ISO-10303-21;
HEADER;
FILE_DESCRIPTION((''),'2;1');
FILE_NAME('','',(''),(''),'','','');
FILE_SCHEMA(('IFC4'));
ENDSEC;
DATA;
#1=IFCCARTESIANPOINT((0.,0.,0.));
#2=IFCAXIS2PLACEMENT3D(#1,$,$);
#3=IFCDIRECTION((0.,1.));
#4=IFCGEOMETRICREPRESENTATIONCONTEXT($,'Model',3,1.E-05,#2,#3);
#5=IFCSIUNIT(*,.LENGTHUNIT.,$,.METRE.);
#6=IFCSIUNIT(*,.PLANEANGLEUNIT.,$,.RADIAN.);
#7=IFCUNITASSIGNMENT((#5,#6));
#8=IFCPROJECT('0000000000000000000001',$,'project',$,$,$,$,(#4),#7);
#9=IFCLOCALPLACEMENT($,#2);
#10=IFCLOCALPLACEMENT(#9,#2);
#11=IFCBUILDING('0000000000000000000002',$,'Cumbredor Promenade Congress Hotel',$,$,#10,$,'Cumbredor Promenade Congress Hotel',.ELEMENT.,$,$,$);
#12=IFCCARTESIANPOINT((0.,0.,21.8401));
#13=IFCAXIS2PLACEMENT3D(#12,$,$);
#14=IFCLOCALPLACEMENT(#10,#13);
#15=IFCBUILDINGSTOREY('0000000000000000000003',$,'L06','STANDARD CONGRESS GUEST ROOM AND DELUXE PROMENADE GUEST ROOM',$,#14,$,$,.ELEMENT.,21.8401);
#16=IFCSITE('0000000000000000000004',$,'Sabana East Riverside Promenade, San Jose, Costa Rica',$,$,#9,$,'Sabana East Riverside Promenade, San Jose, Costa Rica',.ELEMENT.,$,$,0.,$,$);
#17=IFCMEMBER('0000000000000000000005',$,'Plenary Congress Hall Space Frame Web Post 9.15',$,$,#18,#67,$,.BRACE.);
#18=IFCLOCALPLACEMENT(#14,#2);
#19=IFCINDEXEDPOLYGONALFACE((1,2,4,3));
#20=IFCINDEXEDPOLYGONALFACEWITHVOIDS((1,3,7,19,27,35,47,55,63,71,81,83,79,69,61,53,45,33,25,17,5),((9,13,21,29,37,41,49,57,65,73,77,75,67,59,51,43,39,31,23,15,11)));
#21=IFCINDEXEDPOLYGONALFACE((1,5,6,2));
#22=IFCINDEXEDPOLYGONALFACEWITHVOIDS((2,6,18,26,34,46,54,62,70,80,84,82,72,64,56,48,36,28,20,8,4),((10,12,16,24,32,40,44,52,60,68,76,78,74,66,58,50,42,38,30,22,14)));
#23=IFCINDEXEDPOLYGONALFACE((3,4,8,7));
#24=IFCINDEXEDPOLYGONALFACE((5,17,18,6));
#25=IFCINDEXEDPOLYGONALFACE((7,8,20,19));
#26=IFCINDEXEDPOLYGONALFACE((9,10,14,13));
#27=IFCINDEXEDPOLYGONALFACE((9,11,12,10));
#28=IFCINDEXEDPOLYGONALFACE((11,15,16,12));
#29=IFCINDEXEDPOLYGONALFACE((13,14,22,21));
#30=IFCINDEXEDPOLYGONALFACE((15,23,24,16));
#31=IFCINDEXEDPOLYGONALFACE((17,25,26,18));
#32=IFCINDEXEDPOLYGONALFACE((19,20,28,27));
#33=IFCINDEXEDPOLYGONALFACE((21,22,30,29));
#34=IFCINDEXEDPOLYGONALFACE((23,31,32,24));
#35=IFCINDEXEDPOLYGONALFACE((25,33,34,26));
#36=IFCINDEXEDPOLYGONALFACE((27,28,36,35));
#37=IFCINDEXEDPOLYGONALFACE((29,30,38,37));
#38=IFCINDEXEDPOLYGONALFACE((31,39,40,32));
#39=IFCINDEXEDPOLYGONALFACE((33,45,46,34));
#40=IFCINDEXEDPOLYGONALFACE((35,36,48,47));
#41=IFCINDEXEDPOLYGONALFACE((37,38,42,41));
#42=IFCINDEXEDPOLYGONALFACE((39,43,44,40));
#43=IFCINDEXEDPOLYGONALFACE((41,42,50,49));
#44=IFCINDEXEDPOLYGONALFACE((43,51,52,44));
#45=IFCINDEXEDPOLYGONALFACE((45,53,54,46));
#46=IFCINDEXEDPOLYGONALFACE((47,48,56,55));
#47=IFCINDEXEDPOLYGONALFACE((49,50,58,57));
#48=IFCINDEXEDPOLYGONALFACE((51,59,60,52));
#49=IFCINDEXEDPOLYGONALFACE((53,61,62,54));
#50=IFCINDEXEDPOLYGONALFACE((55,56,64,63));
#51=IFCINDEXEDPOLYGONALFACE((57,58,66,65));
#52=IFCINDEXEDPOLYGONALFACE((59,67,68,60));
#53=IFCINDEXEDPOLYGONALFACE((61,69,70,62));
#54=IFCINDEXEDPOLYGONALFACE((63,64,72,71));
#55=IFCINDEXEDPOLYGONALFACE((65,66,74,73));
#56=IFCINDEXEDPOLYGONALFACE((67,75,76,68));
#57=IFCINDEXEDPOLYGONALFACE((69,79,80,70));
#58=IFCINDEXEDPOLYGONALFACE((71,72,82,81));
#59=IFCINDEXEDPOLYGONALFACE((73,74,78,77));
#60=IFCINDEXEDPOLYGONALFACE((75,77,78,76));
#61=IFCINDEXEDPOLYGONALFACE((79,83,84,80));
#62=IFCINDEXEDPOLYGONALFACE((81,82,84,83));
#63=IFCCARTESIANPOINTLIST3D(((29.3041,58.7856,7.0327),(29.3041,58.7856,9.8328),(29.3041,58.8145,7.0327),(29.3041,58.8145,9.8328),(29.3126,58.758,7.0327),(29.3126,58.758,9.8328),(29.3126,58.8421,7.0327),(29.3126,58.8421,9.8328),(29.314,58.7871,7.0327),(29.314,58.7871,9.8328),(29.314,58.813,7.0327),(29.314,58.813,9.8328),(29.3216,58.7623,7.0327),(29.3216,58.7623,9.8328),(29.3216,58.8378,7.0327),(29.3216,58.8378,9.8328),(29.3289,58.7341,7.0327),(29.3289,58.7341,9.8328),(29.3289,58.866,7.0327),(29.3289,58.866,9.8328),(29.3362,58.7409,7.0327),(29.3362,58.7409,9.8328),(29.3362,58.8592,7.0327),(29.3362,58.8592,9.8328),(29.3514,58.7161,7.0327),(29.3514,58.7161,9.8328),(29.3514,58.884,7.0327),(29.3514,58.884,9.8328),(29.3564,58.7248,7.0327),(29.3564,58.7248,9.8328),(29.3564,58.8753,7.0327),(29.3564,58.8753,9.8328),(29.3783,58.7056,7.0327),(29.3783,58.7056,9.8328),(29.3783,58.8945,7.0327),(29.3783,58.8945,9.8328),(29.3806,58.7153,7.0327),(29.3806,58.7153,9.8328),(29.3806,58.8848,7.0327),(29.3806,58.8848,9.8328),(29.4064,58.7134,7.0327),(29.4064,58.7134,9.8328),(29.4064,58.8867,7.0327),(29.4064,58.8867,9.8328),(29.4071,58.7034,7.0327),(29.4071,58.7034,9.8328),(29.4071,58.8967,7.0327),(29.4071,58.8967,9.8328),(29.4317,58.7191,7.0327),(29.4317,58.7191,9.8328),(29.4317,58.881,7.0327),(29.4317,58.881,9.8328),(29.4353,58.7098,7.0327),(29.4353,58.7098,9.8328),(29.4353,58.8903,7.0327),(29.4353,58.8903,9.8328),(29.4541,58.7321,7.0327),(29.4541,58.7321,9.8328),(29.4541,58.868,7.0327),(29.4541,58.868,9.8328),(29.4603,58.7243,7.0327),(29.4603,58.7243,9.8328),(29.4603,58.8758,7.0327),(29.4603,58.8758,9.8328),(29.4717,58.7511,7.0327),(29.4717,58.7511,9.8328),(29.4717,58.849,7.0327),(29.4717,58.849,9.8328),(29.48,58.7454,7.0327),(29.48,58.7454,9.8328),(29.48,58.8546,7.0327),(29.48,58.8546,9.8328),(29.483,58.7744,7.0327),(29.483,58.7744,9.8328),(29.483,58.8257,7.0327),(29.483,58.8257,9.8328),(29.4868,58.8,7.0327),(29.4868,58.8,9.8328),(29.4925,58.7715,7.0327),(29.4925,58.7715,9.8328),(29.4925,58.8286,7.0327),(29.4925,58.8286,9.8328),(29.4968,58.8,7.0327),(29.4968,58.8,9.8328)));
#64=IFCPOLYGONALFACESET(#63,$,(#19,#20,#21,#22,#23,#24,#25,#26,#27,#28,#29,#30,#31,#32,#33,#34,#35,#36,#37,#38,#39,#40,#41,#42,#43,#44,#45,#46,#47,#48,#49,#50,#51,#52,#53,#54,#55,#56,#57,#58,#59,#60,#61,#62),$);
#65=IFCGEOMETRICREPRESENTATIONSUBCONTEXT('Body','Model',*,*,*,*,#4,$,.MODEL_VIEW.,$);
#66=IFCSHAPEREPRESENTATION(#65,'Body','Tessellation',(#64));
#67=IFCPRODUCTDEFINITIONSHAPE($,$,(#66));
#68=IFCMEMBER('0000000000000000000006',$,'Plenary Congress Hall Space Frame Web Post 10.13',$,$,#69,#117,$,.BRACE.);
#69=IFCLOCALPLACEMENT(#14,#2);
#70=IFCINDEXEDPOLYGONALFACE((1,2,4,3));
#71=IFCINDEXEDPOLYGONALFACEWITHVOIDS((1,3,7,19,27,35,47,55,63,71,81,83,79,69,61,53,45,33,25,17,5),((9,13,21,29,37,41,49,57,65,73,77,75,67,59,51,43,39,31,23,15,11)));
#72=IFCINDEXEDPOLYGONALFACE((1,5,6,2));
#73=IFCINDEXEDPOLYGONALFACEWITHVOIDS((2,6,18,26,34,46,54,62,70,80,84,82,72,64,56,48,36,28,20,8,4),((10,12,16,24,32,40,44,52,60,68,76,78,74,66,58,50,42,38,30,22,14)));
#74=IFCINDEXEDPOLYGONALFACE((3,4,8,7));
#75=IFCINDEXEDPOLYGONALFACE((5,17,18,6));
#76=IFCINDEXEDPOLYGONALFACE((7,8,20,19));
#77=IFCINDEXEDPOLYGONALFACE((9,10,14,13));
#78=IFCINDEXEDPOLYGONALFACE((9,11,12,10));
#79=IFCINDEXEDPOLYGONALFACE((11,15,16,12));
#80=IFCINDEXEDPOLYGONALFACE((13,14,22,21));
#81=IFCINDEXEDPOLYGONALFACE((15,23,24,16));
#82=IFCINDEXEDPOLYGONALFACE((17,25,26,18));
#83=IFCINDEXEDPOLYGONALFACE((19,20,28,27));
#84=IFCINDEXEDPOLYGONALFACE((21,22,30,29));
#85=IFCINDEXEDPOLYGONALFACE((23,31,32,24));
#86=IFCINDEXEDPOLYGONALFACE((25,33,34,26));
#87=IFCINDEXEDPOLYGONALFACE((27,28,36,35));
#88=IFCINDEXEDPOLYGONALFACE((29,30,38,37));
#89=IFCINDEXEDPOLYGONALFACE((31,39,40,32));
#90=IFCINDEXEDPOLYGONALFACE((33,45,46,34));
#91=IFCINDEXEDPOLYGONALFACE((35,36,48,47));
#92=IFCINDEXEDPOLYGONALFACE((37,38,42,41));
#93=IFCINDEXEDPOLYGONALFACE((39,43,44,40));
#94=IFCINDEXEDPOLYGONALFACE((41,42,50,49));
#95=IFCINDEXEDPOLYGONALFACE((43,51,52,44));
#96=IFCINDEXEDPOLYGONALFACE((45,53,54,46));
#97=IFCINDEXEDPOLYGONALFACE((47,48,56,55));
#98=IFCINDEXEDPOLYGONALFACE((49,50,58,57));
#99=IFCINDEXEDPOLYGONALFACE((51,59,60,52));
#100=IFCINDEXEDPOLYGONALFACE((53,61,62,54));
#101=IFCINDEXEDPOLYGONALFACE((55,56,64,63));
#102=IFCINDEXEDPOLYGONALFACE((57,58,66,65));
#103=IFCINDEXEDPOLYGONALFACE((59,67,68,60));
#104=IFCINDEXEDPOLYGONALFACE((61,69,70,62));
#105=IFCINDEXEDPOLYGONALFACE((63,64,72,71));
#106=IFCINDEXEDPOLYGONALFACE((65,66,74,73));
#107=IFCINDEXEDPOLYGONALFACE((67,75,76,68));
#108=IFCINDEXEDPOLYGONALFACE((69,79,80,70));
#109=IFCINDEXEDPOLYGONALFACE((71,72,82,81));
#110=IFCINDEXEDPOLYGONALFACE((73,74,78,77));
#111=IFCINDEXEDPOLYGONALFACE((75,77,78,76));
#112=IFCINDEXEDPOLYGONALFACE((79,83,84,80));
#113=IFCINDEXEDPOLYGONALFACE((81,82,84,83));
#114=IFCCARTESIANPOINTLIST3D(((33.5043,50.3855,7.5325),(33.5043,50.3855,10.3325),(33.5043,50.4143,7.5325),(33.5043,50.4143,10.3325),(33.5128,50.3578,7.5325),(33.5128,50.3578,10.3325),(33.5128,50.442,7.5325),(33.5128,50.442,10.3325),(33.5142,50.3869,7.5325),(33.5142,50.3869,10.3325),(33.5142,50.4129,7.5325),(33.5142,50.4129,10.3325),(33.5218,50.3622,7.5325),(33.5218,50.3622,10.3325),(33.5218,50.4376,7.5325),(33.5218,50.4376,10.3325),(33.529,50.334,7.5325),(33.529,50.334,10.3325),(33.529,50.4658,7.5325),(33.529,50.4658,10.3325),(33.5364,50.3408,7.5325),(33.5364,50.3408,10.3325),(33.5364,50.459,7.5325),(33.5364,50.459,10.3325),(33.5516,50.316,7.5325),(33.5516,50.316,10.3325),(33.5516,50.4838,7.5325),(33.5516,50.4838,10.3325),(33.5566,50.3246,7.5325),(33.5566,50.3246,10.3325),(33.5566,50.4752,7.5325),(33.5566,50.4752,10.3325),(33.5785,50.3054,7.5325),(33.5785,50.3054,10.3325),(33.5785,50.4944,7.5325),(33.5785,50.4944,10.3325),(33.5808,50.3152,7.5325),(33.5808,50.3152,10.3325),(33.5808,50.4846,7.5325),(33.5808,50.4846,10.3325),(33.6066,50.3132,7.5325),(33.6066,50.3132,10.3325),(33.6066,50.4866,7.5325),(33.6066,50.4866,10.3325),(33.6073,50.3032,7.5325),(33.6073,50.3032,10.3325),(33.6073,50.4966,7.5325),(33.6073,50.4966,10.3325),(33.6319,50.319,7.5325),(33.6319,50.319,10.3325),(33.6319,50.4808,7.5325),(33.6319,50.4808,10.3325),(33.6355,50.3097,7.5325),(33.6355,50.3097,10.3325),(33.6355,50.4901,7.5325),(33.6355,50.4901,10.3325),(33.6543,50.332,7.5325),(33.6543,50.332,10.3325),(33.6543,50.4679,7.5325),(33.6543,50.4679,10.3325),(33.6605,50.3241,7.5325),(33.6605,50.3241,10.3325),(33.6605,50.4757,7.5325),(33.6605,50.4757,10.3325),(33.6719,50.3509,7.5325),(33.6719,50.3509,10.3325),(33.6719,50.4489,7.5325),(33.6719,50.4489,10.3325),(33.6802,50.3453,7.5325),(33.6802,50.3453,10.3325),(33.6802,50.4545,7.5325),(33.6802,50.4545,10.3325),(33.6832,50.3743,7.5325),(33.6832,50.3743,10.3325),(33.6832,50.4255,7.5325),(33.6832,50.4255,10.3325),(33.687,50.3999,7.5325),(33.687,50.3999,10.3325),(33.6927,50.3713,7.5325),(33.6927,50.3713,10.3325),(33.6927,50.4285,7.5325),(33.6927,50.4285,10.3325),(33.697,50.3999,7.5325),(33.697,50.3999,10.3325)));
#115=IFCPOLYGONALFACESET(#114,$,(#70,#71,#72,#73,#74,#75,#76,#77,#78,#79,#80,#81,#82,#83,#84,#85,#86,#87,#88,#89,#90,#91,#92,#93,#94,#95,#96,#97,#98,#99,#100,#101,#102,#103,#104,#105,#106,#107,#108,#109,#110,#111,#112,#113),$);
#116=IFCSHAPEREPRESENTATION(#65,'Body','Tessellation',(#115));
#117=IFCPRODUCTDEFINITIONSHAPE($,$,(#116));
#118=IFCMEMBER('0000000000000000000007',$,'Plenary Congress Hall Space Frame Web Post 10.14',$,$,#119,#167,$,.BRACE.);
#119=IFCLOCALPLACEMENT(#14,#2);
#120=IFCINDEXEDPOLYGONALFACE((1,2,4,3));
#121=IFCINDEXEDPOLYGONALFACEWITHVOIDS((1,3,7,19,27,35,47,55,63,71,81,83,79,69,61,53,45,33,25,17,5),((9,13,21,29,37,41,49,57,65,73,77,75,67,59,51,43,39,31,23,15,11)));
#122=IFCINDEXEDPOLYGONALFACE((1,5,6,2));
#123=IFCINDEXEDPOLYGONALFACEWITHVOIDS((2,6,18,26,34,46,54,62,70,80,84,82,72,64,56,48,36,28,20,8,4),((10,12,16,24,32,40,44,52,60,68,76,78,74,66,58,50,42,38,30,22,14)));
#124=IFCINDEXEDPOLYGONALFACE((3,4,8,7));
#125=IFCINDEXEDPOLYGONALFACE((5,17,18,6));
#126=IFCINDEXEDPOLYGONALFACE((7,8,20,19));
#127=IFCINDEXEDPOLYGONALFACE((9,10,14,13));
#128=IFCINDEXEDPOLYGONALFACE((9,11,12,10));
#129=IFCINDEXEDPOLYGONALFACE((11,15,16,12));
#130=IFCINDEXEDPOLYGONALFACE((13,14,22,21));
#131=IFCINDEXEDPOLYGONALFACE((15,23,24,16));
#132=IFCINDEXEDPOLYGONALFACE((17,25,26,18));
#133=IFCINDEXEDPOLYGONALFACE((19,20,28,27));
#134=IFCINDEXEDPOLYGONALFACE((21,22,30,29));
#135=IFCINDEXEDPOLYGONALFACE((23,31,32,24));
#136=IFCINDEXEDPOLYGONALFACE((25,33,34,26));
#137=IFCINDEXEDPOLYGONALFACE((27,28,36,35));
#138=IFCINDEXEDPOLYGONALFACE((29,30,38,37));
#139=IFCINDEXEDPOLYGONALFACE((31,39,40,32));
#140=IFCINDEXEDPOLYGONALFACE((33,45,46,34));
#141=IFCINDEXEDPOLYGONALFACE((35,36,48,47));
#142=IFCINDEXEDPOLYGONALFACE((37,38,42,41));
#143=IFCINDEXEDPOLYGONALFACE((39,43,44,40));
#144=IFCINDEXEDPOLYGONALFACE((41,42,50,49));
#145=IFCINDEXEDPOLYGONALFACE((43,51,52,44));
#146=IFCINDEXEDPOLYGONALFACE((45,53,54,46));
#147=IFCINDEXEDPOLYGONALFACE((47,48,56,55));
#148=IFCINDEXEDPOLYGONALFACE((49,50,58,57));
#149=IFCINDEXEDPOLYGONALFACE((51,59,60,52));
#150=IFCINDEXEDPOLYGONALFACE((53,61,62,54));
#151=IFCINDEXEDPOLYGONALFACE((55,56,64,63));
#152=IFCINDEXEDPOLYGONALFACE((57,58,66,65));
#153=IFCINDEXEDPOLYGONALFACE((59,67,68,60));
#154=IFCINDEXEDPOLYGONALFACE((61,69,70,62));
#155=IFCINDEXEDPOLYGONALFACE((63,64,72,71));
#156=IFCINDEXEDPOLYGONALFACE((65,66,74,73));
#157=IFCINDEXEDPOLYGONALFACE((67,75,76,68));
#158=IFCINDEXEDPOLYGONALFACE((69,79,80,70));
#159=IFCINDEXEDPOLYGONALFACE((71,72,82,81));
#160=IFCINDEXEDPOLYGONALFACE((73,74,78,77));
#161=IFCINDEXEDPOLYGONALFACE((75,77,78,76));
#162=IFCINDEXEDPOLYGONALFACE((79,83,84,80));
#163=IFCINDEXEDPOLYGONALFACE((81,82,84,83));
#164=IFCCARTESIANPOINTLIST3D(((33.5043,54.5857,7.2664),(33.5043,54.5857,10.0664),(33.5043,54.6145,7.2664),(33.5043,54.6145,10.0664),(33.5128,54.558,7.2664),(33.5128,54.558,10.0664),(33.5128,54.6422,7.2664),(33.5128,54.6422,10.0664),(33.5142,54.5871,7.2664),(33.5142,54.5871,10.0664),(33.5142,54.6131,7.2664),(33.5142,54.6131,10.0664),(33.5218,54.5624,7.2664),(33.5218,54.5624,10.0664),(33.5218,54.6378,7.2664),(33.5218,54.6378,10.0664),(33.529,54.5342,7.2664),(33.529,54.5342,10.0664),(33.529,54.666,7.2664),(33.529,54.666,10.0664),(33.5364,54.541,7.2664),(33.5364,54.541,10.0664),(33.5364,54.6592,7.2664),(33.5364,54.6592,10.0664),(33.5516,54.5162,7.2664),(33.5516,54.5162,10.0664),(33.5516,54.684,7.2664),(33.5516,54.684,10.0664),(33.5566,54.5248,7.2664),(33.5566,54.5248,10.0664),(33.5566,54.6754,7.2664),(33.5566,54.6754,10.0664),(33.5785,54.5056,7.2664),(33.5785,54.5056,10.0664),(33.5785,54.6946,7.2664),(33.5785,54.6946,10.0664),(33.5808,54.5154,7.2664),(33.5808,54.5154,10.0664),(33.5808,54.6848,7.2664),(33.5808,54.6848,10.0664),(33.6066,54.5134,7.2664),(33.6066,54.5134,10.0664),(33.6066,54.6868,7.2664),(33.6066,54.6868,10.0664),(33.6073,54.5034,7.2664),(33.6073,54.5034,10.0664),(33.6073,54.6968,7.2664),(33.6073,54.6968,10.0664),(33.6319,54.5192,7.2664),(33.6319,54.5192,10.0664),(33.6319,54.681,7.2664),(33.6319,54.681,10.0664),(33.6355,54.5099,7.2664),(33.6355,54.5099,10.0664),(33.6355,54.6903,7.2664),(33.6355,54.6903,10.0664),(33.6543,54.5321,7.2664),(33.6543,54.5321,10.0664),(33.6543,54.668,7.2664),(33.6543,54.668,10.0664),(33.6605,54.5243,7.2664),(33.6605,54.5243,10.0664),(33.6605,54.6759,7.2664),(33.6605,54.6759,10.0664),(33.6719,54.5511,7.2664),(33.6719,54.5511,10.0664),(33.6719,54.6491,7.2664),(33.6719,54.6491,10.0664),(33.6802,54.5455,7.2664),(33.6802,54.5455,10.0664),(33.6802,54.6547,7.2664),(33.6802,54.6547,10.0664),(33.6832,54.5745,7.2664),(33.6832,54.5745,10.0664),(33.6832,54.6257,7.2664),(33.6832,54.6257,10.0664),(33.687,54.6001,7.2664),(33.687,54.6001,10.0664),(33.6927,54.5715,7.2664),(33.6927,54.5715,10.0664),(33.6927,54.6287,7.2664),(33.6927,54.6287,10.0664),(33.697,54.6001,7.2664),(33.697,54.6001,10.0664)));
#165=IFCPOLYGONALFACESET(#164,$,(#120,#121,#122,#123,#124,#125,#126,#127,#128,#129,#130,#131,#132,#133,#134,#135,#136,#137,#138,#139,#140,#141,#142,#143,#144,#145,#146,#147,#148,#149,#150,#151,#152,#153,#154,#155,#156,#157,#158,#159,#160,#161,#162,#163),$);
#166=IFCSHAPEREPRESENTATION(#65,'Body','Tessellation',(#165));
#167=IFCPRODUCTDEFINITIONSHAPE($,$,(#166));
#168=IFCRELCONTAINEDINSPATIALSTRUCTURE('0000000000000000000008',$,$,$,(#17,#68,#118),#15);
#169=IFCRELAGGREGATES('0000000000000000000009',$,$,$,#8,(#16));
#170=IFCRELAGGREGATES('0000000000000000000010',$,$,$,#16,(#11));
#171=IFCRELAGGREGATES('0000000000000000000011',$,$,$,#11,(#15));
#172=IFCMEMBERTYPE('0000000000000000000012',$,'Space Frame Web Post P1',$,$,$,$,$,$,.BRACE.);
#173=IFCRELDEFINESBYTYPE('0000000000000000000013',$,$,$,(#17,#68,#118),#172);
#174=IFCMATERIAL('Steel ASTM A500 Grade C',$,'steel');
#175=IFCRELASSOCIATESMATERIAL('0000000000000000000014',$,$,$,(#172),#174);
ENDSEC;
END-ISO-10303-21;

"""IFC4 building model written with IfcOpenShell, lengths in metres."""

from ifc_helpers import new_model, si_unit, direction, frame, origin, origin_2d, place, context, subcontext, project, spatial, hollow_circle, extrude, material, material_profile, profile_set, type_object, element, save


model = new_model("IFC4")

# Units and contexts
model_context = context("Model", 3, precision=1e-05, world=origin(), true_north=direction((0.0, 1.0)))
body_context = subcontext(model_context, "Body", "Model", "MODEL_VIEW")
ifc_project = project(units=[si_unit("LENGTHUNIT", "METRE"), si_unit("PLANEANGLEUNIT", "RADIAN")], contexts=[model_context])

# Site, building, storey
site_placement = place(None, origin())
site = spatial("IfcSite", under=ifc_project, at=site_placement, Name="Sabana East Riverside Promenade, San Jose, Costa Rica", LongName="Sabana East Riverside Promenade, San Jose, Costa Rica", CompositionType="ELEMENT", RefElevation=0.0)
building_placement = place(site_placement, origin())
building = spatial("IfcBuilding", under=site, at=building_placement, Name="Cumbredor Promenade Congress Hotel", LongName="Cumbredor Promenade Congress Hotel", CompositionType="ELEMENT")
storey_placement = place(building_placement, frame((0.0, 0.0, 21.8401)))
storey = spatial("IfcBuildingStorey", under=building, at=storey_placement, Name="L06", Description="STANDARD CONGRESS GUEST ROOM AND DELUXE PROMENADE GUEST ROOM", CompositionType="ELEMENT", Elevation=21.8401)

# Members
ifc_material_1 = material(Name="Steel ASTM A500 Grade C", Category="steel")
ifc_material_profile_1 = material_profile(ifc_material_1, hollow_circle(Radius=0.0969, WallThickness=0.01, at=origin_2d()), Name="CHS 193.7x10")
ifc_profile_set_1 = profile_set([ifc_material_profile_1], Name="Steel ASTM A500 Grade C")
member_type_1 = type_object("IfcMemberType", Name="Space Frame Web Post P1", PredefinedType="BRACE", material=ifc_profile_set_1)
for number, where, z_axis, x_axis, name in (
    (1, (29.3999, 58.8, 7.0327), (0.0, 0.0, 1.0), (1.0, 0.0, 0.0), "Plenary Congress Hall Space Frame Web Post 9.15"),
    (2, (33.6001, 50.3999, 7.5325), (0.0, 0.0, 1.0), (1.0, 0.0, 0.0), "Plenary Congress Hall Space Frame Web Post 10.13"),
    (3, (33.6001, 54.6001, 7.2664), (0.0, 0.0, 1.0), (1.0, 0.0, 0.0), "Plenary Congress Hall Space Frame Web Post 10.14"),
):
    element("IfcMember", number, at=place(storey_placement, frame(where, z_axis=z_axis, x_axis=x_axis)), inside=storey, type_object=member_type_1, Name=name, PredefinedType="BRACE", context=body_context, shape_type="SweptSolid", body=[
        extrude(hollow_circle(Radius=0.0969, WallThickness=0.01, at=origin_2d()), origin(), (0.0, 0.0, 1.0), 2.8),
    ])

save(model, "model.ifc")
